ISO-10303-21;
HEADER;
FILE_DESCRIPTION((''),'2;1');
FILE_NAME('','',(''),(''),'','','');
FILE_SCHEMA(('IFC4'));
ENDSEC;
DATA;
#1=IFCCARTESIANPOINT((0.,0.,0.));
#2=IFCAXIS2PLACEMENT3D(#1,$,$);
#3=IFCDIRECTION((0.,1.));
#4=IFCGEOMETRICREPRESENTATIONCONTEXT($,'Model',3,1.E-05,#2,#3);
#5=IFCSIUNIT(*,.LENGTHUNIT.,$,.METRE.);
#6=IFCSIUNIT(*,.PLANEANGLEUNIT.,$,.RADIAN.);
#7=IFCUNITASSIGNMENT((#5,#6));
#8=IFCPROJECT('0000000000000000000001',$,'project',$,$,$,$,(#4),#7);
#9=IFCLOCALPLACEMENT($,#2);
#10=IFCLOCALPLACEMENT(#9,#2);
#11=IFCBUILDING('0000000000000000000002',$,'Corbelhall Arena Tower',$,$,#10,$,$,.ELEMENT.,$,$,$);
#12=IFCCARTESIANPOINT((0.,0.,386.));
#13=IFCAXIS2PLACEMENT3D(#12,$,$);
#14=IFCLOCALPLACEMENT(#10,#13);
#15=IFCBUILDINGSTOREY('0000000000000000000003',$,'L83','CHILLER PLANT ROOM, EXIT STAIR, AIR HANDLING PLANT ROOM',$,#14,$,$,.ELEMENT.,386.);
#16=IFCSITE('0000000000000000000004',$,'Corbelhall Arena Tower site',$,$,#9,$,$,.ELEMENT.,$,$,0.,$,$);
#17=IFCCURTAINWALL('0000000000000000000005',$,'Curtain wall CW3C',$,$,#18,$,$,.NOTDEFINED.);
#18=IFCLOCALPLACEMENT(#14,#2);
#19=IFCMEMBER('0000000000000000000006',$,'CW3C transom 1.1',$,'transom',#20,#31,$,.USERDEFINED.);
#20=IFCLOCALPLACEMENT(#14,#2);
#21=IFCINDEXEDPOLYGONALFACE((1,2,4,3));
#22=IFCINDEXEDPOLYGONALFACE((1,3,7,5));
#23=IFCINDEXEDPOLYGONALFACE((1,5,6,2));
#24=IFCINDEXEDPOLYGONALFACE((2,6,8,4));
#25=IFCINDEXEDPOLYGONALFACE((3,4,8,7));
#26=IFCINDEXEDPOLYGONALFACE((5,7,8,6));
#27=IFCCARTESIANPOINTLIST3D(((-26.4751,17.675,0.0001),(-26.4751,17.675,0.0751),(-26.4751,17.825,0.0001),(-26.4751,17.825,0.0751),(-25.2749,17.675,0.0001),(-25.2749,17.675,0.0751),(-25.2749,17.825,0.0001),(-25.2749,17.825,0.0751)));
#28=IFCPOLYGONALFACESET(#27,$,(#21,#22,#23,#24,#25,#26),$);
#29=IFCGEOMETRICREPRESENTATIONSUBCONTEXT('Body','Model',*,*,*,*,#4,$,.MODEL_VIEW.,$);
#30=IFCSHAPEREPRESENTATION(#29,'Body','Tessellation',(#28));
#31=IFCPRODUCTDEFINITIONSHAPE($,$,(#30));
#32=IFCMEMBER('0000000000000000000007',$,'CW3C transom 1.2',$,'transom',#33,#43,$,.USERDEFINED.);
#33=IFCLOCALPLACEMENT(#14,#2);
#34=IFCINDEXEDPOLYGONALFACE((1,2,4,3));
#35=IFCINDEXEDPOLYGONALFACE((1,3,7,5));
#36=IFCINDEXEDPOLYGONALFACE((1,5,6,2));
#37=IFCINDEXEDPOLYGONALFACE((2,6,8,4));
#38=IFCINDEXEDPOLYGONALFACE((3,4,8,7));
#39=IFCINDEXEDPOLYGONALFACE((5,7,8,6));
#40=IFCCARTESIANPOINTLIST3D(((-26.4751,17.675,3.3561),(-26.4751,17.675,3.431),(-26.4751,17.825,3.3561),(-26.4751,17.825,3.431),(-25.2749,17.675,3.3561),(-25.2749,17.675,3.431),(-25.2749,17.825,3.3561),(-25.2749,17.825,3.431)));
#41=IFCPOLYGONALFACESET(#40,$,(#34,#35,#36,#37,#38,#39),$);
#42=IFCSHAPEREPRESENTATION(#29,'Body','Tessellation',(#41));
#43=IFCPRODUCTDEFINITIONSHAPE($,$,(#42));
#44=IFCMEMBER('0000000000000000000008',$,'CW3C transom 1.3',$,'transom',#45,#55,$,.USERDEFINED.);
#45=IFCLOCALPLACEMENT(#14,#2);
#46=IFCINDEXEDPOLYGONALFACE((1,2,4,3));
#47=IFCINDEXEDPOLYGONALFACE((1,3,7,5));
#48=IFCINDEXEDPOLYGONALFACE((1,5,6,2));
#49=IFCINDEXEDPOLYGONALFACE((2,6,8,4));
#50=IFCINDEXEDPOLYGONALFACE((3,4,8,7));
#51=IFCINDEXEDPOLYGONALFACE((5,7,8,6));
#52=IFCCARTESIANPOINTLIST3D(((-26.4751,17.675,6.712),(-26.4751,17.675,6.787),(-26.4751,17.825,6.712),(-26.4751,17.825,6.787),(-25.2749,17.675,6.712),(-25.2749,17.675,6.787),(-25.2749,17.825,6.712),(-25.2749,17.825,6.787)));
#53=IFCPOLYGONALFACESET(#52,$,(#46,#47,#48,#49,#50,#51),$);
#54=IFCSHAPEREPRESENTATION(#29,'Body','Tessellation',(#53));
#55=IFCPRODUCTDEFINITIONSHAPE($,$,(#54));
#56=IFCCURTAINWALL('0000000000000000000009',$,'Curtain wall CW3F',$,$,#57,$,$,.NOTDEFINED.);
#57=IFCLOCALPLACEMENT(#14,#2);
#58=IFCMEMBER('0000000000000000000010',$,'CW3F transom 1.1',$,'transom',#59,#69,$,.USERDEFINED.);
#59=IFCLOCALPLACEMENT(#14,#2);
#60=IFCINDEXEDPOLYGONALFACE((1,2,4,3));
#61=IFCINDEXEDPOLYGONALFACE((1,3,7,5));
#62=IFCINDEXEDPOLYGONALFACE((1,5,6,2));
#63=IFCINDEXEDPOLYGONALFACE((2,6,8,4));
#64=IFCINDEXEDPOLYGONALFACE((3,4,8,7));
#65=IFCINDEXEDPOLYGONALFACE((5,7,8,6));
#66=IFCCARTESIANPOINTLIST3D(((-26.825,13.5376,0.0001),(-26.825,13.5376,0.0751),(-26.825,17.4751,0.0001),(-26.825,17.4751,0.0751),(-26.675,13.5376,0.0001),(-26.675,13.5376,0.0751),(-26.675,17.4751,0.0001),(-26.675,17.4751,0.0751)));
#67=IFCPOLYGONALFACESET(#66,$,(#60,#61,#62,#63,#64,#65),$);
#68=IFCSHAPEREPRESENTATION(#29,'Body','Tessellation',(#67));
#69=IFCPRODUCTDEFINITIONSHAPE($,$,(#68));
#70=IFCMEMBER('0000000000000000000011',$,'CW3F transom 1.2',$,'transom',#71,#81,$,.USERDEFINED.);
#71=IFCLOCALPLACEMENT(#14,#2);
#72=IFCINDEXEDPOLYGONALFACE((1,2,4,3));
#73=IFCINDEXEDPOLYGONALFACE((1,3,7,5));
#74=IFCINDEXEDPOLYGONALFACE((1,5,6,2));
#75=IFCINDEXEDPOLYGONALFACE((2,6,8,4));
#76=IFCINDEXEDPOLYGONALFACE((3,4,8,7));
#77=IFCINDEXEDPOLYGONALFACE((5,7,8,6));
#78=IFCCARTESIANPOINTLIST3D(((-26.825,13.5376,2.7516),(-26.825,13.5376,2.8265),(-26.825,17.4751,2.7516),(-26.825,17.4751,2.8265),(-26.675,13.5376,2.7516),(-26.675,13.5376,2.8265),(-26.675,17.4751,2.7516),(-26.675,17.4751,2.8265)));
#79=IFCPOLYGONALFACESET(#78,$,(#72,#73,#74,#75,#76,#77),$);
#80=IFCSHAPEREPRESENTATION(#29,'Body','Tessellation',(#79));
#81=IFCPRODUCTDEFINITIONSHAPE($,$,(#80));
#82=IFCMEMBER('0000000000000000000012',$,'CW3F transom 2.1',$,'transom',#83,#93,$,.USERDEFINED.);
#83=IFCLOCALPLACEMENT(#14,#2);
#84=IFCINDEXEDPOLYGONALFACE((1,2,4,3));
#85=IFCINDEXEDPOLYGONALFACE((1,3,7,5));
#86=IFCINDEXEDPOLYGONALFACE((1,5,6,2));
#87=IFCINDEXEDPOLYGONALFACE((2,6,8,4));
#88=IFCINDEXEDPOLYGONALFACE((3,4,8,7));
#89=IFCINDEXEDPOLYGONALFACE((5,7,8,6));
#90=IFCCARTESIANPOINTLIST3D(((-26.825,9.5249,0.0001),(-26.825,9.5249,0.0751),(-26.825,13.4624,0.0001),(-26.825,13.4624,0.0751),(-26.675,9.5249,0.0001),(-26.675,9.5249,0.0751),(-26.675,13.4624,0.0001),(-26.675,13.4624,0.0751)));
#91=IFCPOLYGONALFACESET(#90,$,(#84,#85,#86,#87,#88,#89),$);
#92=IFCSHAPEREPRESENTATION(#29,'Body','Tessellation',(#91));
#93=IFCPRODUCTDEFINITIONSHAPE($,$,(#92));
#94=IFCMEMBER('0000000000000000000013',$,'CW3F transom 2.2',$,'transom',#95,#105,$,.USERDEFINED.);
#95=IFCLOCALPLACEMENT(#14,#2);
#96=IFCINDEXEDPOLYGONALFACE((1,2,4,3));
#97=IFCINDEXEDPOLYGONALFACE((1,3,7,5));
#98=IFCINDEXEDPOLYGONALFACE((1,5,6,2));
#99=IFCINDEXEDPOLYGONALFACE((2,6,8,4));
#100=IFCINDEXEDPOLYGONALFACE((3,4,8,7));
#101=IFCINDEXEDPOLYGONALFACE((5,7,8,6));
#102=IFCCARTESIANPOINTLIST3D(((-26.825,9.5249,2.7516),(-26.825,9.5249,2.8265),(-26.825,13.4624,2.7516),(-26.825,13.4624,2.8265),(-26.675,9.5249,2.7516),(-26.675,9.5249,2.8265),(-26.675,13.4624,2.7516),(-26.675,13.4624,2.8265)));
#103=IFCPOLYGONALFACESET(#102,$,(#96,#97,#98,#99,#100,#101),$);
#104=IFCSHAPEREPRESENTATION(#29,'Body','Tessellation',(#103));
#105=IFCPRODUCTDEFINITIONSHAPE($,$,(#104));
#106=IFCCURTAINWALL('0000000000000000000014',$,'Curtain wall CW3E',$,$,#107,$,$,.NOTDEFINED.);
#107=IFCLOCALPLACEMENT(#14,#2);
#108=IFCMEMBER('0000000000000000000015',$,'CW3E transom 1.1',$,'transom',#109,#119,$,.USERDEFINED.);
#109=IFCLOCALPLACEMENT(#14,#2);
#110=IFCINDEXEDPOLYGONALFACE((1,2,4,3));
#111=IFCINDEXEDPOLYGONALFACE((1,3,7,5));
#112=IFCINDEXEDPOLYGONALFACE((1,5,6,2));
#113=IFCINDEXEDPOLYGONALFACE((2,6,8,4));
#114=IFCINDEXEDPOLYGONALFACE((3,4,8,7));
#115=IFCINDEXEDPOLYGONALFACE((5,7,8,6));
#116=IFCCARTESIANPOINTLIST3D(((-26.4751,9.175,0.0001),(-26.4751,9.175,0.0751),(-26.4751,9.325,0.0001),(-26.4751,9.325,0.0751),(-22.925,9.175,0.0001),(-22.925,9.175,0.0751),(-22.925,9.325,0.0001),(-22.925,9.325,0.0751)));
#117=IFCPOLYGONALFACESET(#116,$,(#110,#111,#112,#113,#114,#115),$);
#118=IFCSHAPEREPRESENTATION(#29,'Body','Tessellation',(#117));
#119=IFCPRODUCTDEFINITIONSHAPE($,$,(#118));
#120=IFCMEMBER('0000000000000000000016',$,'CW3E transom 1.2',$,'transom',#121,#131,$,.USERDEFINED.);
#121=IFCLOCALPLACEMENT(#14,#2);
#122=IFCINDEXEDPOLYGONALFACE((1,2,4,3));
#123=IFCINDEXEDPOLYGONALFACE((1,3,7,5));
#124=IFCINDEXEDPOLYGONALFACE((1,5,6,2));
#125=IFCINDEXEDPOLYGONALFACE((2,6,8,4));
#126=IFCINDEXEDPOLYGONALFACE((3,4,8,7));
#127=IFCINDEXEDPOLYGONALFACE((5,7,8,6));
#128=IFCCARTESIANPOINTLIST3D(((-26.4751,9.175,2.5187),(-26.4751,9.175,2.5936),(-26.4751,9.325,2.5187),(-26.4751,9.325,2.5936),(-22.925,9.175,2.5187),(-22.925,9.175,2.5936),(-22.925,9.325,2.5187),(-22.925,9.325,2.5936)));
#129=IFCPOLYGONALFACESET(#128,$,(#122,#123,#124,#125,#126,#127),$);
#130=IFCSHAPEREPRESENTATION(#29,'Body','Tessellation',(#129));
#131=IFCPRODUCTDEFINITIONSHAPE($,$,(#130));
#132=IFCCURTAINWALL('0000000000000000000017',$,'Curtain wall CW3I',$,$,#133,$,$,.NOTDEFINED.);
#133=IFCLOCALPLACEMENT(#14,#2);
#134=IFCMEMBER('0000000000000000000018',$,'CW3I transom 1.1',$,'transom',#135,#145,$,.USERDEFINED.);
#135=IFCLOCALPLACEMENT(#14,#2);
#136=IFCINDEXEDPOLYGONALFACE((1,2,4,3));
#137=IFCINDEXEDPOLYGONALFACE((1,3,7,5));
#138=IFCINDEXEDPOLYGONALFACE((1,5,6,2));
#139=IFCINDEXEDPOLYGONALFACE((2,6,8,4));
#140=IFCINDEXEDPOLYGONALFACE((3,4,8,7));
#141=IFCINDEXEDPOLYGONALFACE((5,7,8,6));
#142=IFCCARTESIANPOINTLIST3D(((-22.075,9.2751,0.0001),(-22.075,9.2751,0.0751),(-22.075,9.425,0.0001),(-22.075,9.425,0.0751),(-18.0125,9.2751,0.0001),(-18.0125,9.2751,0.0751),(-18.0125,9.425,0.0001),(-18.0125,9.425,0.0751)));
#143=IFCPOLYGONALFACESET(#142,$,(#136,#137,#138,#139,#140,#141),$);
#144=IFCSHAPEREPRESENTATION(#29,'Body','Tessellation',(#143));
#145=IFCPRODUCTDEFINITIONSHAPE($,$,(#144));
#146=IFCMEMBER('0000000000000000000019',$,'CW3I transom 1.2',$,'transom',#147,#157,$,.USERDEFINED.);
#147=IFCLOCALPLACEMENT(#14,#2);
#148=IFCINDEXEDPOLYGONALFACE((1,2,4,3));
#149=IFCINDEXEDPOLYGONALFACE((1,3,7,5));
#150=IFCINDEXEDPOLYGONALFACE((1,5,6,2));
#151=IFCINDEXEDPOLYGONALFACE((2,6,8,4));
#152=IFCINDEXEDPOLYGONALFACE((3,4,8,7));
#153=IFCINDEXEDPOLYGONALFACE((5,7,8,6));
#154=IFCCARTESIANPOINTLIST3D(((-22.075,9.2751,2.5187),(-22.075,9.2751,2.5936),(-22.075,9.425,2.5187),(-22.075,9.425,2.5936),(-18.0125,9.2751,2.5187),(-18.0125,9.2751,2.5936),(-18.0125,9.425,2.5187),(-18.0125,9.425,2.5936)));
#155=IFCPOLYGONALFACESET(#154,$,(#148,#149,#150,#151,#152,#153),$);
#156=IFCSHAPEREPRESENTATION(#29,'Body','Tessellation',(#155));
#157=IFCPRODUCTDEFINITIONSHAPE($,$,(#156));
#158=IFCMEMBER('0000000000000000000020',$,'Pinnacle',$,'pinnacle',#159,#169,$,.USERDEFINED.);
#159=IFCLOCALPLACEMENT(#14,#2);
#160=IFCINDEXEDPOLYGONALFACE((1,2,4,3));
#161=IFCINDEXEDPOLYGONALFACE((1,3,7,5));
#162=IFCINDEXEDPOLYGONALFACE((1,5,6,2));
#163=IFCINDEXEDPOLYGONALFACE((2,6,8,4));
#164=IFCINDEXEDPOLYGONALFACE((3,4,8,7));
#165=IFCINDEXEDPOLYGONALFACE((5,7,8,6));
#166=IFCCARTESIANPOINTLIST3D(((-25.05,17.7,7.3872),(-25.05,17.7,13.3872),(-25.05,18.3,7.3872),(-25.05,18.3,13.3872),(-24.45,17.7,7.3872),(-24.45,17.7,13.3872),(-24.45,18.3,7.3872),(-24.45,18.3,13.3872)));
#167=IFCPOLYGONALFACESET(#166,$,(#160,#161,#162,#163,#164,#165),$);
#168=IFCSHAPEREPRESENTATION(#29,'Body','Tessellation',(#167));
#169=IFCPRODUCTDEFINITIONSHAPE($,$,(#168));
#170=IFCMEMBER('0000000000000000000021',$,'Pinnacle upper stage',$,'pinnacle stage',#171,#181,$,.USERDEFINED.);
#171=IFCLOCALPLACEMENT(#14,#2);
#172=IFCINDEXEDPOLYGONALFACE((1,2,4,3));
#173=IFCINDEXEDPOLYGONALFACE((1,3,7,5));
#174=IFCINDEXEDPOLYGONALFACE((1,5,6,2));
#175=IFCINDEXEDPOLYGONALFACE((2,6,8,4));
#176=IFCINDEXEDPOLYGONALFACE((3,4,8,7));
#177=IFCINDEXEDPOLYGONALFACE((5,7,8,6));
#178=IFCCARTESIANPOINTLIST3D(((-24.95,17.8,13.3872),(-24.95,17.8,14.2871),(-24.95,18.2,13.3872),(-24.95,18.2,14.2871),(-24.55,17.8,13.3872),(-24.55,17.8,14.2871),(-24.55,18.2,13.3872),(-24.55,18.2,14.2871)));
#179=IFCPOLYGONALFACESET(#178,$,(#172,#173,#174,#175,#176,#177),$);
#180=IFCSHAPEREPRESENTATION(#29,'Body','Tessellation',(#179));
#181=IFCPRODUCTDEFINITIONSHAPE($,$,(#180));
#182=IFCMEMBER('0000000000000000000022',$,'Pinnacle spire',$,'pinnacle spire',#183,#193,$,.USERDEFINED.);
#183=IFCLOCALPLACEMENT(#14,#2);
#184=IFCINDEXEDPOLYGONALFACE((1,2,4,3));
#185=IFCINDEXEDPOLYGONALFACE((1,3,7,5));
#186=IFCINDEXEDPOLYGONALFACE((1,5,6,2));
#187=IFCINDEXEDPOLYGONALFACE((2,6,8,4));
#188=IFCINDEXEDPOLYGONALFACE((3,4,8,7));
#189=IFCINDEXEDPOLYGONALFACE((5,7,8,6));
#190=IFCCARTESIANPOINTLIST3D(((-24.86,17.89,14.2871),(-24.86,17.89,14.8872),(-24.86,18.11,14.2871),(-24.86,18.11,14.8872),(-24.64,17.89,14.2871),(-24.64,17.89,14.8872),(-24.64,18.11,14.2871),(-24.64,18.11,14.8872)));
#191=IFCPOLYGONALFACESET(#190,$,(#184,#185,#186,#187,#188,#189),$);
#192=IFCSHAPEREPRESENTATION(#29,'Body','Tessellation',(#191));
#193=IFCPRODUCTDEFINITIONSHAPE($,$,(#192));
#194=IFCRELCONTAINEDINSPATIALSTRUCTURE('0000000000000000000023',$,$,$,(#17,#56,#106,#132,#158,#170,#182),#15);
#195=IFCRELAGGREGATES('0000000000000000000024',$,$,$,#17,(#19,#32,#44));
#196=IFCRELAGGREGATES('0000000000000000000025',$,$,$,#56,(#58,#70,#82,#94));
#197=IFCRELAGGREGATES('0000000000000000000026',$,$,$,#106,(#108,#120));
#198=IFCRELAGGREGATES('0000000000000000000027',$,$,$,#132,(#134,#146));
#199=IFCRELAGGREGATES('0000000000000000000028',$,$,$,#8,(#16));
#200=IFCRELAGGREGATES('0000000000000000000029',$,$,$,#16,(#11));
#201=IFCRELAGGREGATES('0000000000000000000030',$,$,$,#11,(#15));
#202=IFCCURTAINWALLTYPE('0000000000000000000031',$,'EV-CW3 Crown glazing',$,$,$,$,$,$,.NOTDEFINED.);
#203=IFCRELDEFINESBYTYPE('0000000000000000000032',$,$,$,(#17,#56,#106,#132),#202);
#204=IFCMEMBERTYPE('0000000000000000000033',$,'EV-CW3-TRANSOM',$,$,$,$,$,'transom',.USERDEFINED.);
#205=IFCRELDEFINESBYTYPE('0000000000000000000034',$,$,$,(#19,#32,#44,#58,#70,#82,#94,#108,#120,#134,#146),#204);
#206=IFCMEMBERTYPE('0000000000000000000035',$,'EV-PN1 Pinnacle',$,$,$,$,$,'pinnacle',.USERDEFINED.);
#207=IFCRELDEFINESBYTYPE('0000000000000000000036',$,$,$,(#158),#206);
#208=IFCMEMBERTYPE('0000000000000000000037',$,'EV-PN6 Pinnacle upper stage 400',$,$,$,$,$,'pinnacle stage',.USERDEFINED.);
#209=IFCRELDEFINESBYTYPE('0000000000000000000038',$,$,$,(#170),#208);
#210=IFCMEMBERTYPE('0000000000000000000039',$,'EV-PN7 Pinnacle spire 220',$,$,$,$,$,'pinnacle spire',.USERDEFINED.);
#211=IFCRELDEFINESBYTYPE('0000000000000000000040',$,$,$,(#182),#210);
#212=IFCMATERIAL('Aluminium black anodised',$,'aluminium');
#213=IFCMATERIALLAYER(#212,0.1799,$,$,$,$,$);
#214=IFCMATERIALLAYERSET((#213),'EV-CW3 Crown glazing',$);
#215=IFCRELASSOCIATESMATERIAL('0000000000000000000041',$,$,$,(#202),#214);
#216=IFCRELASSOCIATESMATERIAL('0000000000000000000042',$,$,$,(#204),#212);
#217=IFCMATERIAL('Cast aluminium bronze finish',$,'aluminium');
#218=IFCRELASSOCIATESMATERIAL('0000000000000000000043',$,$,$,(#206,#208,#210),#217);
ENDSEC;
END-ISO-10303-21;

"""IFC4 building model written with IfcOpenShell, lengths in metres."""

from ifc_helpers import new_model, si_unit, direction, frame, origin, origin_2d, place, context, subcontext, project, spatial, rectangle, extrude, material, layer, layer_set, material_profile, profile_set, type_object, element, aggregate, save


model = new_model("IFC4")

# Units and contexts
model_context = context("Model", 3, precision=1e-05, world=origin(), true_north=direction((0.0, 1.0)))
body_context = subcontext(model_context, "Body", "Model", "MODEL_VIEW")
ifc_project = project(units=[si_unit("LENGTHUNIT", "METRE"), si_unit("PLANEANGLEUNIT", "RADIAN")], contexts=[model_context])

# Site, building, storey
site_placement = place(None, origin())
site = spatial("IfcSite", under=ifc_project, at=site_placement, Name="Corbelhall Arena Tower site", CompositionType="ELEMENT", RefElevation=0.0)
building_placement = place(site_placement, origin())
building = spatial("IfcBuilding", under=site, at=building_placement, Name="Corbelhall Arena Tower", CompositionType="ELEMENT")
storey_placement = place(building_placement, frame((0.0, 0.0, 386.0)))
storey = spatial("IfcBuildingStorey", under=building, at=storey_placement, Name="L83", Description="CHILLER PLANT ROOM, EXIT STAIR, AIR HANDLING PLANT ROOM", CompositionType="ELEMENT", Elevation=386.0)

# Curtain walls, members
ifc_material_1 = material(Name="Aluminium black anodised", Category="aluminium")
ifc_layer_1 = layer(ifc_material_1, 0.1799)
ifc_layer_set_1 = layer_set([ifc_layer_1], Name="EV-CW3 Crown glazing")
curtain_wall_type = type_object("IfcCurtainWallType", Name="EV-CW3 Crown glazing", PredefinedType="NOTDEFINED", material=ifc_layer_set_1)
curtain_wall_1_placement = place(storey_placement, origin())
curtain_wall_1 = element("IfcCurtainWall", 1, at=curtain_wall_1_placement, inside=storey, type_object=curtain_wall_type, Name="Curtain wall CW3C", PredefinedType="NOTDEFINED")
ifc_material_profile_1 = material_profile(ifc_material_1, rectangle(XDim=0.1499, YDim=0.075, at=origin_2d()))
ifc_profile_set_1 = profile_set([ifc_material_profile_1], Name="Aluminium black anodised")
member_type_1 = type_object("IfcMemberType", Name="EV-CW3-TRANSOM", ElementType="transom", PredefinedType="USERDEFINED", material=ifc_profile_set_1)
member_1_placement = place(storey_placement, frame((-25.2749, 17.75, 0.0376), z_axis=(-1.0, 0.0, 0.0), x_axis=(0.0, -1.0, 0.0)))
member_1 = element("IfcMember", 2, at=member_1_placement, type_object=member_type_1, Name="CW3C transom 1.1", ObjectType="transom", PredefinedType="USERDEFINED", context=body_context, shape_type="SweptSolid", body=[
    extrude(rectangle(XDim=0.1499, YDim=0.075, at=origin_2d()), origin(), (0.0, 0.0, 1.0), 1.2002),
])
member_2_placement = place(storey_placement, frame((-25.2749, 17.75, 3.3936), z_axis=(-1.0, 0.0, 0.0), x_axis=(0.0, -1.0, 0.0)))
member_2 = element("IfcMember", 3, at=member_2_placement, type_object=member_type_1, Name="CW3C transom 1.2", ObjectType="transom", PredefinedType="USERDEFINED", context=body_context, shape_type="SweptSolid", body=[
    extrude(rectangle(XDim=0.1499, YDim=0.075, at=origin_2d()), origin(), (0.0, 0.0, 1.0), 1.2002),
])
member_3_placement = place(storey_placement, frame((-25.2749, 17.75, 6.7495), z_axis=(-1.0, 0.0, 0.0), x_axis=(0.0, -1.0, 0.0)))
member_3 = element("IfcMember", 4, at=member_3_placement, type_object=member_type_1, Name="CW3C transom 1.3", ObjectType="transom", PredefinedType="USERDEFINED", context=body_context, shape_type="SweptSolid", body=[
    extrude(rectangle(XDim=0.1499, YDim=0.075, at=origin_2d()), origin(), (0.0, 0.0, 1.0), 1.2002),
])
curtain_wall_2_placement = place(storey_placement, origin())
curtain_wall_2 = element("IfcCurtainWall", 5, at=curtain_wall_2_placement, inside=storey, type_object=curtain_wall_type, Name="Curtain wall CW3F", PredefinedType="NOTDEFINED")
member_4_placement = place(storey_placement, frame((-26.75, 17.4751, 0.0376), z_axis=(0.0, -1.0, 0.0), x_axis=(1.0, 0.0, 0.0)))
member_4 = element("IfcMember", 6, at=member_4_placement, type_object=member_type_1, Name="CW3F transom 1.1", ObjectType="transom", PredefinedType="USERDEFINED", context=body_context, shape_type="SweptSolid", body=[
    extrude(rectangle(XDim=0.1499, YDim=0.075, at=origin_2d()), origin(), (0.0, 0.0, 1.0), 3.9375),
])
member_5_placement = place(storey_placement, frame((-26.75, 17.4751, 2.7891), z_axis=(0.0, -1.0, 0.0), x_axis=(1.0, 0.0, 0.0)))
member_5 = element("IfcMember", 7, at=member_5_placement, type_object=member_type_1, Name="CW3F transom 1.2", ObjectType="transom", PredefinedType="USERDEFINED", context=body_context, shape_type="SweptSolid", body=[
    extrude(rectangle(XDim=0.1499, YDim=0.075, at=origin_2d()), origin(), (0.0, 0.0, 1.0), 3.9375),
])
member_6_placement = place(storey_placement, frame((-26.75, 13.4624, 0.0376), z_axis=(0.0, -1.0, 0.0), x_axis=(1.0, 0.0, 0.0)))
member_6 = element("IfcMember", 8, at=member_6_placement, type_object=member_type_1, Name="CW3F transom 2.1", ObjectType="transom", PredefinedType="USERDEFINED", context=body_context, shape_type="SweptSolid", body=[
    extrude(rectangle(XDim=0.1499, YDim=0.075, at=origin_2d()), origin(), (0.0, 0.0, 1.0), 3.9375),
])
member_7_placement = place(storey_placement, frame((-26.75, 13.4624, 2.7891), z_axis=(0.0, -1.0, 0.0), x_axis=(1.0, 0.0, 0.0)))
member_7 = element("IfcMember", 9, at=member_7_placement, type_object=member_type_1, Name="CW3F transom 2.2", ObjectType="transom", PredefinedType="USERDEFINED", context=body_context, shape_type="SweptSolid", body=[
    extrude(rectangle(XDim=0.1499, YDim=0.075, at=origin_2d()), origin(), (0.0, 0.0, 1.0), 3.9375),
])
curtain_wall_3_placement = place(storey_placement, origin())
curtain_wall_3 = element("IfcCurtainWall", 10, at=curtain_wall_3_placement, inside=storey, type_object=curtain_wall_type, Name="Curtain wall CW3E", PredefinedType="NOTDEFINED")
member_8_placement = place(storey_placement, frame((-26.4751, 9.25, 0.0376), z_axis=(1.0, 0.0, 0.0), x_axis=(0.0, 1.0, 0.0)))
member_8 = element("IfcMember", 11, at=member_8_placement, type_object=member_type_1, Name="CW3E transom 1.1", ObjectType="transom", PredefinedType="USERDEFINED", context=body_context, shape_type="SweptSolid", body=[
    extrude(rectangle(XDim=0.1499, YDim=0.075, at=origin_2d()), origin(), (0.0, 0.0, 1.0), 3.55),
])
member_9_placement = place(storey_placement, frame((-26.4751, 9.25, 2.5562), z_axis=(1.0, 0.0, 0.0), x_axis=(0.0, 1.0, 0.0)))
member_9 = element("IfcMember", 12, at=member_9_placement, type_object=member_type_1, Name="CW3E transom 1.2", ObjectType="transom", PredefinedType="USERDEFINED", context=body_context, shape_type="SweptSolid", body=[
    extrude(rectangle(XDim=0.1499, YDim=0.075, at=origin_2d()), origin(), (0.0, 0.0, 1.0), 3.55),
])
curtain_wall_4_placement = place(storey_placement, origin())
curtain_wall_4 = element("IfcCurtainWall", 13, at=curtain_wall_4_placement, inside=storey, type_object=curtain_wall_type, Name="Curtain wall CW3I", PredefinedType="NOTDEFINED")
member_10_placement = place(storey_placement, frame((-22.075, 9.3501, 0.0376), z_axis=(1.0, 0.0, 0.0), x_axis=(0.0, 1.0, 0.0)))
member_10 = element("IfcMember", 14, at=member_10_placement, type_object=member_type_1, Name="CW3I transom 1.1", ObjectType="transom", PredefinedType="USERDEFINED", context=body_context, shape_type="SweptSolid", body=[
    extrude(rectangle(XDim=0.1499, YDim=0.075, at=origin_2d()), origin(), (0.0, 0.0, 1.0), 4.0625),
])
member_11_placement = place(storey_placement, frame((-22.075, 9.3501, 2.5562), z_axis=(1.0, 0.0, 0.0), x_axis=(0.0, 1.0, 0.0)))
member_11 = element("IfcMember", 15, at=member_11_placement, type_object=member_type_1, Name="CW3I transom 1.2", ObjectType="transom", PredefinedType="USERDEFINED", context=body_context, shape_type="SweptSolid", body=[
    extrude(rectangle(XDim=0.1499, YDim=0.075, at=origin_2d()), origin(), (0.0, 0.0, 1.0), 4.0625),
])

# Members
ifc_material_2 = material(Name="Cast aluminium bronze finish", Category="aluminium")
ifc_material_profile_2 = material_profile(ifc_material_2, rectangle(XDim=0.6001, YDim=0.6001, at=origin_2d()))
ifc_profile_set_2 = profile_set([ifc_material_profile_2], Name="Cast aluminium bronze finish")
member_type_2 = type_object("IfcMemberType", Name="EV-PN1 Pinnacle", ElementType="pinnacle", PredefinedType="USERDEFINED", material=ifc_profile_set_2)
member_12_placement = place(storey_placement, frame((-24.75, 18.0, 7.3872), z_axis=(0.0, 0.0, 1.0), x_axis=(1.0, 0.0, 0.0)))
element("IfcMember", 16, at=member_12_placement, inside=storey, type_object=member_type_2, Name="Pinnacle", ObjectType="pinnacle", PredefinedType="USERDEFINED", context=body_context, shape_type="SweptSolid", body=[
    extrude(rectangle(XDim=0.6001, YDim=0.6001, at=origin_2d()), origin(), (0.0, 0.0, 1.0), 6.0),
])
ifc_material_profile_3 = material_profile(ifc_material_2, rectangle(XDim=0.3999, YDim=0.3999, at=origin_2d()))
ifc_profile_set_3 = profile_set([ifc_material_profile_3], Name="Cast aluminium bronze finish")
member_type_3 = type_object("IfcMemberType", Name="EV-PN6 Pinnacle upper stage 400", ElementType="pinnacle stage", PredefinedType="USERDEFINED", material=ifc_profile_set_3)
member_13_placement = place(storey_placement, frame((-24.75, 18.0, 13.3872), z_axis=(0.0, 0.0, 1.0), x_axis=(1.0, 0.0, 0.0)))
element("IfcMember", 17, at=member_13_placement, inside=storey, type_object=member_type_3, Name="Pinnacle upper stage", ObjectType="pinnacle stage", PredefinedType="USERDEFINED", context=body_context, shape_type="SweptSolid", body=[
    extrude(rectangle(XDim=0.3999, YDim=0.3999, at=origin_2d()), origin(), (0.0, 0.0, 1.0), 0.8999),
])
ifc_material_profile_4 = material_profile(ifc_material_2, rectangle(XDim=0.22, YDim=0.22, at=origin_2d()))
ifc_profile_set_4 = profile_set([ifc_material_profile_4], Name="Cast aluminium bronze finish")
member_type_4 = type_object("IfcMemberType", Name="EV-PN7 Pinnacle spire 220", ElementType="pinnacle spire", PredefinedType="USERDEFINED", material=ifc_profile_set_4)
member_14_placement = place(storey_placement, frame((-24.75, 18.0, 14.2871), z_axis=(0.0, 0.0, 1.0), x_axis=(1.0, 0.0, 0.0)))
element("IfcMember", 18, at=member_14_placement, inside=storey, type_object=member_type_4, Name="Pinnacle spire", ObjectType="pinnacle spire", PredefinedType="USERDEFINED", context=body_context, shape_type="SweptSolid", body=[
    extrude(rectangle(XDim=0.22, YDim=0.22, at=origin_2d()), origin(), (0.0, 0.0, 1.0), 0.6001),
])

aggregate(curtain_wall_1, [member_1, member_2, member_3])
aggregate(curtain_wall_2, [member_4, member_5, member_6, member_7])
aggregate(curtain_wall_3, [member_8, member_9])
aggregate(curtain_wall_4, [member_10, member_11])

save(model, "model.ifc")
